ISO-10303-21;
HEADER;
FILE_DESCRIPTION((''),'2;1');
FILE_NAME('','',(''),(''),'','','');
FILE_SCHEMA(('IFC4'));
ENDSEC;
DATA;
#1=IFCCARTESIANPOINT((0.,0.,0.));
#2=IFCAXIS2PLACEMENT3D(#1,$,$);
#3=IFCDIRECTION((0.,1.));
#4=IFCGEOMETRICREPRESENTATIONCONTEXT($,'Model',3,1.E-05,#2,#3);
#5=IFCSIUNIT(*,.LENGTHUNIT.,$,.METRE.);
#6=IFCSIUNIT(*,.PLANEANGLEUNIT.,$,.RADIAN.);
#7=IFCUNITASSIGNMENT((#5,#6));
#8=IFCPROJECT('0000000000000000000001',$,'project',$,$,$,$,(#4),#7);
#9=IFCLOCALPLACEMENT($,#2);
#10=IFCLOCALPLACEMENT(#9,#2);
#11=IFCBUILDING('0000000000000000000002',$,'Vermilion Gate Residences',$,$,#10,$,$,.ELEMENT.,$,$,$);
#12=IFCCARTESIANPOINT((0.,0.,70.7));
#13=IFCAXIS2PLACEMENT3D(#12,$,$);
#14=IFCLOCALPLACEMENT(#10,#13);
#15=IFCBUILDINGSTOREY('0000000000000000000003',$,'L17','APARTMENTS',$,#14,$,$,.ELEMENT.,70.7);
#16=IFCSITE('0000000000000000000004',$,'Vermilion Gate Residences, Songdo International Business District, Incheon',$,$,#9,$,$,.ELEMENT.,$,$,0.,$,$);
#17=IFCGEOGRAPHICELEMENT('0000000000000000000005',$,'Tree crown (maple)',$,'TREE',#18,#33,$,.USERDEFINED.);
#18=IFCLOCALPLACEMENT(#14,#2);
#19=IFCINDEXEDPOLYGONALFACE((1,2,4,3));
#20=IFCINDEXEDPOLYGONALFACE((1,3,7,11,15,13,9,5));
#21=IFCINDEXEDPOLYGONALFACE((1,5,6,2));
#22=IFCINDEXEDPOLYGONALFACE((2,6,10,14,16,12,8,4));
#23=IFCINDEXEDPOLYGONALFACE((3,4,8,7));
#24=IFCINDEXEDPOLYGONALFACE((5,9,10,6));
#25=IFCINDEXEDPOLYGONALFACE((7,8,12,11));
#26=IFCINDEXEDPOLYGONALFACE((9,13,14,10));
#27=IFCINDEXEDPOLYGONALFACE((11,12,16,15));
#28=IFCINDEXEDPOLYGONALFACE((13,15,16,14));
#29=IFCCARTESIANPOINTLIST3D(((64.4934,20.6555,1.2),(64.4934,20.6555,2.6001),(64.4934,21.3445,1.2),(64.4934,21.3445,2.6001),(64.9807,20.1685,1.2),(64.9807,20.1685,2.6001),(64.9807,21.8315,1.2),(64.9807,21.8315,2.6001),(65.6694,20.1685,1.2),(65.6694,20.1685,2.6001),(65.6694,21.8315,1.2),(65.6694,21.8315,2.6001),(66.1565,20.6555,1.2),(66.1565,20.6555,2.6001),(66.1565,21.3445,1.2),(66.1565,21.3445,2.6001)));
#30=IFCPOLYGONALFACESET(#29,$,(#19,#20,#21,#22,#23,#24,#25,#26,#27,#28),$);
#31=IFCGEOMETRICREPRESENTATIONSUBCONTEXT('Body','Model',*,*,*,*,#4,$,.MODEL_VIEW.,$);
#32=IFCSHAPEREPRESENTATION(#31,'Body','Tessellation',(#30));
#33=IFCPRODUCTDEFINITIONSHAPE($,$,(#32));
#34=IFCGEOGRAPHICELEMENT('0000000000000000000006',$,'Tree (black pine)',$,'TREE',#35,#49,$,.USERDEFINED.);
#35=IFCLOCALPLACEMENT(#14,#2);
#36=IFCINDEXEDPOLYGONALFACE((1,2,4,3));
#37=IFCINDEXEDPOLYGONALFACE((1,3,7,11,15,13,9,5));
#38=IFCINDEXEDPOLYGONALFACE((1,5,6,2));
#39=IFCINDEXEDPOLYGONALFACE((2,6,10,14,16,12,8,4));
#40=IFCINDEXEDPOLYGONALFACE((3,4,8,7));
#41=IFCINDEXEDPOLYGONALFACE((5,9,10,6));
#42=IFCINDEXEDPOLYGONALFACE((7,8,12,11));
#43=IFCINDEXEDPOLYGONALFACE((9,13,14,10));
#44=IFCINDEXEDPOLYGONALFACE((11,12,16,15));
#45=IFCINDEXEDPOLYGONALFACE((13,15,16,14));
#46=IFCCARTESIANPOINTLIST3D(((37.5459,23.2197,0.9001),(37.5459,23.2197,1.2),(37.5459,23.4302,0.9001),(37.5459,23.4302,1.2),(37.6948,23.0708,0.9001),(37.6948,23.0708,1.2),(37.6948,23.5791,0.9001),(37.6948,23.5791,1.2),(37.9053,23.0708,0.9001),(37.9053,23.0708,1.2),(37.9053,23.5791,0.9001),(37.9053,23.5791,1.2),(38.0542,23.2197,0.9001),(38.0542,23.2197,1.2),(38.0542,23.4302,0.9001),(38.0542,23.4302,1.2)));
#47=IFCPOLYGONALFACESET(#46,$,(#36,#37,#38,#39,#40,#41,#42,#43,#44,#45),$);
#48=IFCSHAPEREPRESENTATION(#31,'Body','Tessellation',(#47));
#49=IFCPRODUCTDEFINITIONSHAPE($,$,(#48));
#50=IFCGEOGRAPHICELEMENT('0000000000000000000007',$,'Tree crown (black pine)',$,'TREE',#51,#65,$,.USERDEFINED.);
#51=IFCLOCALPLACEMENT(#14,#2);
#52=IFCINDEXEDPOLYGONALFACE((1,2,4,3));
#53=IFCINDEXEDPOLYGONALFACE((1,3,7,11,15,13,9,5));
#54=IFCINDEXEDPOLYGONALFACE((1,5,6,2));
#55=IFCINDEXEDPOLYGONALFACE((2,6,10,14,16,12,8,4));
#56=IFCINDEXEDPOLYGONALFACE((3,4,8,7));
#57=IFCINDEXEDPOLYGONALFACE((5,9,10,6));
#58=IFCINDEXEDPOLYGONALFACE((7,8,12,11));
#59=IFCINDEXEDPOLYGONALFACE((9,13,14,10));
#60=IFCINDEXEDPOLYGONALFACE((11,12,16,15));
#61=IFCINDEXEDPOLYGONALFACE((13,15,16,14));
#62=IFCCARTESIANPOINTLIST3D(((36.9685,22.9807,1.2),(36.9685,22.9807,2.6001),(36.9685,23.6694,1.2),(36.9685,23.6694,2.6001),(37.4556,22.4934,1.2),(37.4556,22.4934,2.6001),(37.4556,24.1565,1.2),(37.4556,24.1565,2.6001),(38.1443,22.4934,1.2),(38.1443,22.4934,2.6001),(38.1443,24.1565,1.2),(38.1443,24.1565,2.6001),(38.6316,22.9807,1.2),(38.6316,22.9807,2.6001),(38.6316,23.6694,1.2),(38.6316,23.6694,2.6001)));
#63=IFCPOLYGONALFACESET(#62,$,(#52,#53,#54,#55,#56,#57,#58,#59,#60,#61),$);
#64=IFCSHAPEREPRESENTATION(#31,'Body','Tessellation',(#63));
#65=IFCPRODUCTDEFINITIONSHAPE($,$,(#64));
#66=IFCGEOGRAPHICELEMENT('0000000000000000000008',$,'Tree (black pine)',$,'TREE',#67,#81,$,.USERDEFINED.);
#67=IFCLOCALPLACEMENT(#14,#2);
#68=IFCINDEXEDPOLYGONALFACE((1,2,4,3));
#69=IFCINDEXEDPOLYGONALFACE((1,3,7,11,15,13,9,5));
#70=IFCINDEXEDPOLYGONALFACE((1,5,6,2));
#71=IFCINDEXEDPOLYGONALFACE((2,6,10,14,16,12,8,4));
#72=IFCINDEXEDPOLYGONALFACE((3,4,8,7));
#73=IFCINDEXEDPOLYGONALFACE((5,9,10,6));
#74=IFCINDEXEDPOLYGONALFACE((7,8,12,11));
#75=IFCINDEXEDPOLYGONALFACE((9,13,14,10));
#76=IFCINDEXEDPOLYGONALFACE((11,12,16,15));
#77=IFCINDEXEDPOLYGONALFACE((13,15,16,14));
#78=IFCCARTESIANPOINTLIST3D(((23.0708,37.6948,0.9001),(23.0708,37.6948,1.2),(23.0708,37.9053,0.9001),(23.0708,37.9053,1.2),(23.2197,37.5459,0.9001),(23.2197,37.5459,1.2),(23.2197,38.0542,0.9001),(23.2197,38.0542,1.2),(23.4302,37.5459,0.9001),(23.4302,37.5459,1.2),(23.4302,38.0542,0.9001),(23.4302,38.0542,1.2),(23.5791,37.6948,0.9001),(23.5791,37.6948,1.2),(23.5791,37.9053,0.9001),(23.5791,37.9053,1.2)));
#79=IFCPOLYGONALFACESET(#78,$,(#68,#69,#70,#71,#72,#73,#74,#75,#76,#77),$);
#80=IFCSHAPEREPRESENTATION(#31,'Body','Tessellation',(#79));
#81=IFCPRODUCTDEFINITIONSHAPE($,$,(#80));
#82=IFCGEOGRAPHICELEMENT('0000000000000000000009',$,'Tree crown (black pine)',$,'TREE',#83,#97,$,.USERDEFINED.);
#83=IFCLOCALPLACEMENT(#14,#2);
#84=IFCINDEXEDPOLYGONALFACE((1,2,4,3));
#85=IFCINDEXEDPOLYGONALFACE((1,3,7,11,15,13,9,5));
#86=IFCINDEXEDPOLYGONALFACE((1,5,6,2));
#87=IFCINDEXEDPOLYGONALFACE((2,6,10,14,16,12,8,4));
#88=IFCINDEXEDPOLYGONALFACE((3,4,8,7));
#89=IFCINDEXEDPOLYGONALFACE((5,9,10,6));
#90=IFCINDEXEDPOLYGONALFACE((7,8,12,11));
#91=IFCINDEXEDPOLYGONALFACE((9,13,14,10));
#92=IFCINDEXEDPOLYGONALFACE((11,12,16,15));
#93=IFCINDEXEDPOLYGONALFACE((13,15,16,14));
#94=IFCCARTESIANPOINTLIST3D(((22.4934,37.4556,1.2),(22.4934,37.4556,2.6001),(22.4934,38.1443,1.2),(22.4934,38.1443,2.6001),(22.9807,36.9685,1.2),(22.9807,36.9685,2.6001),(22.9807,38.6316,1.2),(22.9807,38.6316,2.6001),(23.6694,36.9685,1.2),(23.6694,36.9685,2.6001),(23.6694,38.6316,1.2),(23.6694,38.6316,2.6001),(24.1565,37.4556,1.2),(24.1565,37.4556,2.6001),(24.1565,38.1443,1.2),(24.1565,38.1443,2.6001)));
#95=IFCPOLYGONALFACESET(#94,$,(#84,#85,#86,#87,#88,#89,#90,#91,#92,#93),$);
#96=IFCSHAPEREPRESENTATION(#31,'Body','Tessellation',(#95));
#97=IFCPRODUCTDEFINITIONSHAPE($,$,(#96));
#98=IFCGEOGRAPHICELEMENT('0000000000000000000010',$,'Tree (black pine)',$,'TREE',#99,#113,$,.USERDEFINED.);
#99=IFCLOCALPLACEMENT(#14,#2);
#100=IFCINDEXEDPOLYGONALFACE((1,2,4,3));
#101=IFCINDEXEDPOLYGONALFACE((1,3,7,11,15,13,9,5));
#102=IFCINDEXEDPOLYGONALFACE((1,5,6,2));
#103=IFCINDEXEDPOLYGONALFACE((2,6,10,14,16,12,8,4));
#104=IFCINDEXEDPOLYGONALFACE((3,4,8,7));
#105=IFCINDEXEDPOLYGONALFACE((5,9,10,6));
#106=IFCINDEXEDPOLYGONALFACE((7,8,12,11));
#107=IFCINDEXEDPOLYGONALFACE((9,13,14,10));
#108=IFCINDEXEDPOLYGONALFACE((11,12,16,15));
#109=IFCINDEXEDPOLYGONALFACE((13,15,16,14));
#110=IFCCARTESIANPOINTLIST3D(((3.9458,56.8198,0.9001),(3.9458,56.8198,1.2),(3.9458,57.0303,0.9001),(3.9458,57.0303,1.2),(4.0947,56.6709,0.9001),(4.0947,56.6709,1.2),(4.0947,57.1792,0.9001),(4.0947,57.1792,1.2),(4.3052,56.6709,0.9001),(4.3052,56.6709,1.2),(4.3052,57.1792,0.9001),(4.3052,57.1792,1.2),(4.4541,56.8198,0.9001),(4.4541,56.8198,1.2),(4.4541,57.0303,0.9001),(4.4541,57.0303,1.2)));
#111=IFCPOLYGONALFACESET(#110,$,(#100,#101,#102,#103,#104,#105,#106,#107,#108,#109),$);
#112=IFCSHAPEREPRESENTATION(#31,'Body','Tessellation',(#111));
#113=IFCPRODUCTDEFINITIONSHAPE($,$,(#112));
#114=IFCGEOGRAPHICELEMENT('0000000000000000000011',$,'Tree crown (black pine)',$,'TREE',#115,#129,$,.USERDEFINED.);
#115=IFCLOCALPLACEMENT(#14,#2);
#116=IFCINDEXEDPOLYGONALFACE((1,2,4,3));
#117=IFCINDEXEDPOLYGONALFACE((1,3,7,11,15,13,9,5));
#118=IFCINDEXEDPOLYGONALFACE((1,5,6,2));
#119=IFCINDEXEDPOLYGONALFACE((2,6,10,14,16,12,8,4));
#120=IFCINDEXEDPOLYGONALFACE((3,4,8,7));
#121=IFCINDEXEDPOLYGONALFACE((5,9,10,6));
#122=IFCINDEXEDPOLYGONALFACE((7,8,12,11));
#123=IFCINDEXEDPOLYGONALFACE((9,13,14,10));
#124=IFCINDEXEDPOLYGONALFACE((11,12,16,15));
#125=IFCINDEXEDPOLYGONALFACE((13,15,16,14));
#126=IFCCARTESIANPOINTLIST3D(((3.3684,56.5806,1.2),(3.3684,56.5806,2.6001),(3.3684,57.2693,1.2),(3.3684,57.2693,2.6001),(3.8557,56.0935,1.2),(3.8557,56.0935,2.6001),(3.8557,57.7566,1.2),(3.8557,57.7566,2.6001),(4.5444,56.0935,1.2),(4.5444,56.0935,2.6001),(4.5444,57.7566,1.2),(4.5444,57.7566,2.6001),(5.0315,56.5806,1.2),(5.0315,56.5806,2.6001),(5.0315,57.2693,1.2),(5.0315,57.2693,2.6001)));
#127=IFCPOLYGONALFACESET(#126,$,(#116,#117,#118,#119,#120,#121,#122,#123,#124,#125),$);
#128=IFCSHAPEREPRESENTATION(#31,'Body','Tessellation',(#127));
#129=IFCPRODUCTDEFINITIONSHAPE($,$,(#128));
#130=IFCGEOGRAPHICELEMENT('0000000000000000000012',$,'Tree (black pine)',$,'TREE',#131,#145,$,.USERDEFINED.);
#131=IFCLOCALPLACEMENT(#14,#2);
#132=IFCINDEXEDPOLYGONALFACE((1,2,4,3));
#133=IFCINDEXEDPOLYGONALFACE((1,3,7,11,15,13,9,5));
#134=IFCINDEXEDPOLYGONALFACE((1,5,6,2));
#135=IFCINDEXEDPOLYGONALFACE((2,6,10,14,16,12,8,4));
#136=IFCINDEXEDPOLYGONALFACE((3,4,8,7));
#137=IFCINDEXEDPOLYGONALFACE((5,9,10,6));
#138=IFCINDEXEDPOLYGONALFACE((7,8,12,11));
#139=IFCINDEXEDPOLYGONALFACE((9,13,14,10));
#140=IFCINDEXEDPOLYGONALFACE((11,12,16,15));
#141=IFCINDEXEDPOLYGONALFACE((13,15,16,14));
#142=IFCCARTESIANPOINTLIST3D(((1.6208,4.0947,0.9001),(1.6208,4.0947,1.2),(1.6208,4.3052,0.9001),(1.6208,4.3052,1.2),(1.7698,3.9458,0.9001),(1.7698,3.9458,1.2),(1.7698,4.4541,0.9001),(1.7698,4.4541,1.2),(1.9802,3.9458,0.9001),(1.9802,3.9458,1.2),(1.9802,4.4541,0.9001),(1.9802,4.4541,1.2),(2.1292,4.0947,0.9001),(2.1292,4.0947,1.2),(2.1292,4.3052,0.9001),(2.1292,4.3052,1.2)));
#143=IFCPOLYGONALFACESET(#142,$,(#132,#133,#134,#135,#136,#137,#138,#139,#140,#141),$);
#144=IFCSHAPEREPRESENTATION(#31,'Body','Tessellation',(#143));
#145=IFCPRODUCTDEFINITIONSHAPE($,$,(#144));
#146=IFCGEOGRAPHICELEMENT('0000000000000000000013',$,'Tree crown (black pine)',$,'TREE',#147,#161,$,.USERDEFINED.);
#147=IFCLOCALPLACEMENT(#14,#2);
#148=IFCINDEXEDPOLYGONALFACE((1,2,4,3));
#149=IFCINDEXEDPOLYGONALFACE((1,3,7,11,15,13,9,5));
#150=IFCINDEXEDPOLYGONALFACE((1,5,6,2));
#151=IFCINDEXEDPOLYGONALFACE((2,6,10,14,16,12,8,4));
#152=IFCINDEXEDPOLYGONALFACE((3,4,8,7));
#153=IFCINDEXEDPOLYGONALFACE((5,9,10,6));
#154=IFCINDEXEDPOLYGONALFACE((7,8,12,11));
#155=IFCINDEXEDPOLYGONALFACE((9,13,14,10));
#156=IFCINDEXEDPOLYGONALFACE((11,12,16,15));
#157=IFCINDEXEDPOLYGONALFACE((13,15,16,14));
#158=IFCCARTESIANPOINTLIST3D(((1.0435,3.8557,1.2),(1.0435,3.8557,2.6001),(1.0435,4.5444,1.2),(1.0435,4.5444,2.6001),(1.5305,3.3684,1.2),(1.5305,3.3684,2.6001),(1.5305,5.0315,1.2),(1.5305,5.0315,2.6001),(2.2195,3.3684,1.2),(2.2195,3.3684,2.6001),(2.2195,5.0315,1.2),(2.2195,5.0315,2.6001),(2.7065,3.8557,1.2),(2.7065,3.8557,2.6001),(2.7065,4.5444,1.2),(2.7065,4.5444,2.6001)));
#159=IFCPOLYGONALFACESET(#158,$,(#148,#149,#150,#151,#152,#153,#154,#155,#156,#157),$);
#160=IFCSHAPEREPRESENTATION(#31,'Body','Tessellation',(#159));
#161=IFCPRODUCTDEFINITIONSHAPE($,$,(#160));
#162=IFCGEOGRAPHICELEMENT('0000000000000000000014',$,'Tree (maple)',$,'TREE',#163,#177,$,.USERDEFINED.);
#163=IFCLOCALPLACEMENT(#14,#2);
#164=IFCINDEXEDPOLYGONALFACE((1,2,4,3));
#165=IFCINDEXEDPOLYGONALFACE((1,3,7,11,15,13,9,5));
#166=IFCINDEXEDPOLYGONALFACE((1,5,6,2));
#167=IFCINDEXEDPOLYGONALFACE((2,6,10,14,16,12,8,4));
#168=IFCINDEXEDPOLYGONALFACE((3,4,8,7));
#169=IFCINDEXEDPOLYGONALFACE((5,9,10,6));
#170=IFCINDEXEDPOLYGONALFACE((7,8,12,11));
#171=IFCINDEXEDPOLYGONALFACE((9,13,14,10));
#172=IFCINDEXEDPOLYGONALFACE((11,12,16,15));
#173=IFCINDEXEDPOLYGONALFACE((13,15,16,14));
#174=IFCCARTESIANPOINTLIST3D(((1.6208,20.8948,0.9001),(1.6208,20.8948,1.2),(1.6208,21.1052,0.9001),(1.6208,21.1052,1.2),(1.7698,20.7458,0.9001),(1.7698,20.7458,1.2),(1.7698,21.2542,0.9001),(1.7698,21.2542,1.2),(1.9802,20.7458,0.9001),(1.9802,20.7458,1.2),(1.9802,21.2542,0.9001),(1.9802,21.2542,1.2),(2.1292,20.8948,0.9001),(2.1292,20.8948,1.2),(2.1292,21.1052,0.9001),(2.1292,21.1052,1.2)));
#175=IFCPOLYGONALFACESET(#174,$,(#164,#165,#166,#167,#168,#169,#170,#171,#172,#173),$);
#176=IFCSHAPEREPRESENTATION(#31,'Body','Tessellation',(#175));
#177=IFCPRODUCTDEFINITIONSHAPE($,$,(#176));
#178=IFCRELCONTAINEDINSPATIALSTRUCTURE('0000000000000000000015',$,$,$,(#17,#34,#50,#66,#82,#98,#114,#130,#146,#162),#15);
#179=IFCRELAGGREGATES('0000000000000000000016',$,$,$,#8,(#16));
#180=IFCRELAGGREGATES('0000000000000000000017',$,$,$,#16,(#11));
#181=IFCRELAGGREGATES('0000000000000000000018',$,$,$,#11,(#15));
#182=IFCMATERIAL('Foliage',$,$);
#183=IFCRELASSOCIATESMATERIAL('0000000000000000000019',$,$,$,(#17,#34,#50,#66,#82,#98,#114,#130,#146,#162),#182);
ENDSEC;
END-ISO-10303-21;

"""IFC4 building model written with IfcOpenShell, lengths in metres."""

from ifc_helpers import new_model, si_unit, direction, frame, origin, place, context, subcontext, project, spatial, polyline, outline, extrude, material, element, save


model = new_model("IFC4")

# Units and contexts
model_context = context("Model", 3, precision=1e-05, world=origin(), true_north=direction((0.0, 1.0)))
body_context = subcontext(model_context, "Body", "Model", "MODEL_VIEW")
ifc_project = project(units=[si_unit("LENGTHUNIT", "METRE"), si_unit("PLANEANGLEUNIT", "RADIAN")], contexts=[model_context])

# Site, building, storey
site_placement = place(None, origin())
site = spatial("IfcSite", under=ifc_project, at=site_placement, Name="Vermilion Gate Residences, Songdo International Business District, Incheon", CompositionType="ELEMENT", RefElevation=0.0)
building_placement = place(site_placement, origin())
building = spatial("IfcBuilding", under=site, at=building_placement, Name="Vermilion Gate Residences", CompositionType="ELEMENT")
storey_placement = place(building_placement, frame((0.0, 0.0, 70.7)))
storey = spatial("IfcBuildingStorey", under=building, at=storey_placement, Name="L17", Description="APARTMENTS", CompositionType="ELEMENT", Elevation=70.7)

# Geographic elements
ifc_material = material(Name="Foliage")
geographic_element_1_placement = place(storey_placement, frame((0.0, 0.0, 1.2)))
element("IfcGeographicElement", 1, at=geographic_element_1_placement, inside=storey, material=ifc_material, Name="Tree crown (maple)", ObjectType="TREE", PredefinedType="USERDEFINED", context=body_context, shape_type="SweptSolid", body=[
    extrude(outline(polyline([(66.1565, 21.3445), (65.6694, 21.8315), (64.9807, 21.8315), (64.4934, 21.3445), (64.4934, 20.6555), (64.9807, 20.1685), (65.6694, 20.1685), (66.1565, 20.6555), (66.1565, 21.3445)])), origin(), (0.0, 0.0, 1.0), 1.4001),
])
geographic_element_2_placement = place(storey_placement, frame((0.0, 0.0, 0.9001)))
element("IfcGeographicElement", 2, at=geographic_element_2_placement, inside=storey, material=ifc_material, Name="Tree (black pine)", ObjectType="TREE", PredefinedType="USERDEFINED", context=body_context, shape_type="SweptSolid", body=[
    extrude(outline(polyline([(38.0542, 23.4302), (37.9053, 23.5791), (37.6948, 23.5791), (37.5459, 23.4302), (37.5459, 23.2197), (37.6948, 23.0708), (37.9053, 23.0708), (38.0542, 23.2197), (38.0542, 23.4302)])), origin(), (0.0, 0.0, 1.0), 0.2998),
])
geographic_element_3_placement = place(storey_placement, frame((0.0, 0.0, 1.2)))
element("IfcGeographicElement", 3, at=geographic_element_3_placement, inside=storey, material=ifc_material, Name="Tree crown (black pine)", ObjectType="TREE", PredefinedType="USERDEFINED", context=body_context, shape_type="SweptSolid", body=[
    extrude(outline(polyline([(38.6316, 23.6694), (38.1443, 24.1565), (37.4556, 24.1565), (36.9685, 23.6694), (36.9685, 22.9807), (37.4556, 22.4934), (38.1443, 22.4934), (38.6316, 22.9807), (38.6316, 23.6694)])), origin(), (0.0, 0.0, 1.0), 1.4001),
])
geographic_element_4_placement = place(storey_placement, frame((0.0, 0.0, 0.9001)))
element("IfcGeographicElement", 4, at=geographic_element_4_placement, inside=storey, material=ifc_material, Name="Tree (black pine)", ObjectType="TREE", PredefinedType="USERDEFINED", context=body_context, shape_type="SweptSolid", body=[
    extrude(outline(polyline([(23.5791, 37.9053), (23.4302, 38.0542), (23.2197, 38.0542), (23.0708, 37.9053), (23.0708, 37.6948), (23.2197, 37.5459), (23.4302, 37.5459), (23.5791, 37.6948), (23.5791, 37.9053)])), origin(), (0.0, 0.0, 1.0), 0.2998),
])
geographic_element_5_placement = place(storey_placement, frame((0.0, 0.0, 1.2)))
element("IfcGeographicElement", 5, at=geographic_element_5_placement, inside=storey, material=ifc_material, Name="Tree crown (black pine)", ObjectType="TREE", PredefinedType="USERDEFINED", context=body_context, shape_type="SweptSolid", body=[
    extrude(outline(polyline([(24.1565, 38.1443), (23.6694, 38.6316), (22.9807, 38.6316), (22.4934, 38.1443), (22.4934, 37.4556), (22.9807, 36.9685), (23.6694, 36.9685), (24.1565, 37.4556), (24.1565, 38.1443)])), origin(), (0.0, 0.0, 1.0), 1.4001),
])
geographic_element_6_placement = place(storey_placement, frame((0.0, 0.0, 0.9001)))
element("IfcGeographicElement", 6, at=geographic_element_6_placement, inside=storey, material=ifc_material, Name="Tree (black pine)", ObjectType="TREE", PredefinedType="USERDEFINED", context=body_context, shape_type="SweptSolid", body=[
    extrude(outline(polyline([(4.4541, 57.0303), (4.3052, 57.1792), (4.0947, 57.1792), (3.9458, 57.0303), (3.9458, 56.8198), (4.0947, 56.6709), (4.3052, 56.6709), (4.4541, 56.8198), (4.4541, 57.0303)])), origin(), (0.0, 0.0, 1.0), 0.2998),
])
geographic_element_7_placement = place(storey_placement, frame((0.0, 0.0, 1.2)))
element("IfcGeographicElement", 7, at=geographic_element_7_placement, inside=storey, material=ifc_material, Name="Tree crown (black pine)", ObjectType="TREE", PredefinedType="USERDEFINED", context=body_context, shape_type="SweptSolid", body=[
    extrude(outline(polyline([(5.0315, 57.2693), (4.5444, 57.7566), (3.8557, 57.7566), (3.3684, 57.2693), (3.3684, 56.5806), (3.8557, 56.0935), (4.5444, 56.0935), (5.0315, 56.5806), (5.0315, 57.2693)])), origin(), (0.0, 0.0, 1.0), 1.4001),
])
geographic_element_8_placement = place(storey_placement, frame((0.0, 0.0, 0.9001)))
element("IfcGeographicElement", 8, at=geographic_element_8_placement, inside=storey, material=ifc_material, Name="Tree (black pine)", ObjectType="TREE", PredefinedType="USERDEFINED", context=body_context, shape_type="SweptSolid", body=[
    extrude(outline(polyline([(2.1292, 4.3052), (1.9802, 4.4541), (1.7698, 4.4541), (1.6208, 4.3052), (1.6208, 4.0947), (1.7698, 3.9458), (1.9802, 3.9458), (2.1292, 4.0947), (2.1292, 4.3052)])), origin(), (0.0, 0.0, 1.0), 0.2998),
])
geographic_element_9_placement = place(storey_placement, frame((0.0, 0.0, 1.2)))
element("IfcGeographicElement", 9, at=geographic_element_9_placement, inside=storey, material=ifc_material, Name="Tree crown (black pine)", ObjectType="TREE", PredefinedType="USERDEFINED", context=body_context, shape_type="SweptSolid", body=[
    extrude(outline(polyline([(2.7065, 4.5444), (2.2195, 5.0315), (1.5305, 5.0315), (1.0435, 4.5444), (1.0435, 3.8557), (1.5305, 3.3684), (2.2195, 3.3684), (2.7065, 3.8557), (2.7065, 4.5444)])), origin(), (0.0, 0.0, 1.0), 1.4001),
])
geographic_element_10_placement = place(storey_placement, frame((0.0, 0.0, 0.9001)))
element("IfcGeographicElement", 10, at=geographic_element_10_placement, inside=storey, material=ifc_material, Name="Tree (maple)", ObjectType="TREE", PredefinedType="USERDEFINED", context=body_context, shape_type="SweptSolid", body=[
    extrude(outline(polyline([(2.1292, 21.1052), (1.9802, 21.2542), (1.7698, 21.2542), (1.6208, 21.1052), (1.6208, 20.8948), (1.7698, 20.7458), (1.9802, 20.7458), (2.1292, 20.8948), (2.1292, 21.1052)])), origin(), (0.0, 0.0, 1.0), 0.2998),
])

save(model, "model.ifc")
